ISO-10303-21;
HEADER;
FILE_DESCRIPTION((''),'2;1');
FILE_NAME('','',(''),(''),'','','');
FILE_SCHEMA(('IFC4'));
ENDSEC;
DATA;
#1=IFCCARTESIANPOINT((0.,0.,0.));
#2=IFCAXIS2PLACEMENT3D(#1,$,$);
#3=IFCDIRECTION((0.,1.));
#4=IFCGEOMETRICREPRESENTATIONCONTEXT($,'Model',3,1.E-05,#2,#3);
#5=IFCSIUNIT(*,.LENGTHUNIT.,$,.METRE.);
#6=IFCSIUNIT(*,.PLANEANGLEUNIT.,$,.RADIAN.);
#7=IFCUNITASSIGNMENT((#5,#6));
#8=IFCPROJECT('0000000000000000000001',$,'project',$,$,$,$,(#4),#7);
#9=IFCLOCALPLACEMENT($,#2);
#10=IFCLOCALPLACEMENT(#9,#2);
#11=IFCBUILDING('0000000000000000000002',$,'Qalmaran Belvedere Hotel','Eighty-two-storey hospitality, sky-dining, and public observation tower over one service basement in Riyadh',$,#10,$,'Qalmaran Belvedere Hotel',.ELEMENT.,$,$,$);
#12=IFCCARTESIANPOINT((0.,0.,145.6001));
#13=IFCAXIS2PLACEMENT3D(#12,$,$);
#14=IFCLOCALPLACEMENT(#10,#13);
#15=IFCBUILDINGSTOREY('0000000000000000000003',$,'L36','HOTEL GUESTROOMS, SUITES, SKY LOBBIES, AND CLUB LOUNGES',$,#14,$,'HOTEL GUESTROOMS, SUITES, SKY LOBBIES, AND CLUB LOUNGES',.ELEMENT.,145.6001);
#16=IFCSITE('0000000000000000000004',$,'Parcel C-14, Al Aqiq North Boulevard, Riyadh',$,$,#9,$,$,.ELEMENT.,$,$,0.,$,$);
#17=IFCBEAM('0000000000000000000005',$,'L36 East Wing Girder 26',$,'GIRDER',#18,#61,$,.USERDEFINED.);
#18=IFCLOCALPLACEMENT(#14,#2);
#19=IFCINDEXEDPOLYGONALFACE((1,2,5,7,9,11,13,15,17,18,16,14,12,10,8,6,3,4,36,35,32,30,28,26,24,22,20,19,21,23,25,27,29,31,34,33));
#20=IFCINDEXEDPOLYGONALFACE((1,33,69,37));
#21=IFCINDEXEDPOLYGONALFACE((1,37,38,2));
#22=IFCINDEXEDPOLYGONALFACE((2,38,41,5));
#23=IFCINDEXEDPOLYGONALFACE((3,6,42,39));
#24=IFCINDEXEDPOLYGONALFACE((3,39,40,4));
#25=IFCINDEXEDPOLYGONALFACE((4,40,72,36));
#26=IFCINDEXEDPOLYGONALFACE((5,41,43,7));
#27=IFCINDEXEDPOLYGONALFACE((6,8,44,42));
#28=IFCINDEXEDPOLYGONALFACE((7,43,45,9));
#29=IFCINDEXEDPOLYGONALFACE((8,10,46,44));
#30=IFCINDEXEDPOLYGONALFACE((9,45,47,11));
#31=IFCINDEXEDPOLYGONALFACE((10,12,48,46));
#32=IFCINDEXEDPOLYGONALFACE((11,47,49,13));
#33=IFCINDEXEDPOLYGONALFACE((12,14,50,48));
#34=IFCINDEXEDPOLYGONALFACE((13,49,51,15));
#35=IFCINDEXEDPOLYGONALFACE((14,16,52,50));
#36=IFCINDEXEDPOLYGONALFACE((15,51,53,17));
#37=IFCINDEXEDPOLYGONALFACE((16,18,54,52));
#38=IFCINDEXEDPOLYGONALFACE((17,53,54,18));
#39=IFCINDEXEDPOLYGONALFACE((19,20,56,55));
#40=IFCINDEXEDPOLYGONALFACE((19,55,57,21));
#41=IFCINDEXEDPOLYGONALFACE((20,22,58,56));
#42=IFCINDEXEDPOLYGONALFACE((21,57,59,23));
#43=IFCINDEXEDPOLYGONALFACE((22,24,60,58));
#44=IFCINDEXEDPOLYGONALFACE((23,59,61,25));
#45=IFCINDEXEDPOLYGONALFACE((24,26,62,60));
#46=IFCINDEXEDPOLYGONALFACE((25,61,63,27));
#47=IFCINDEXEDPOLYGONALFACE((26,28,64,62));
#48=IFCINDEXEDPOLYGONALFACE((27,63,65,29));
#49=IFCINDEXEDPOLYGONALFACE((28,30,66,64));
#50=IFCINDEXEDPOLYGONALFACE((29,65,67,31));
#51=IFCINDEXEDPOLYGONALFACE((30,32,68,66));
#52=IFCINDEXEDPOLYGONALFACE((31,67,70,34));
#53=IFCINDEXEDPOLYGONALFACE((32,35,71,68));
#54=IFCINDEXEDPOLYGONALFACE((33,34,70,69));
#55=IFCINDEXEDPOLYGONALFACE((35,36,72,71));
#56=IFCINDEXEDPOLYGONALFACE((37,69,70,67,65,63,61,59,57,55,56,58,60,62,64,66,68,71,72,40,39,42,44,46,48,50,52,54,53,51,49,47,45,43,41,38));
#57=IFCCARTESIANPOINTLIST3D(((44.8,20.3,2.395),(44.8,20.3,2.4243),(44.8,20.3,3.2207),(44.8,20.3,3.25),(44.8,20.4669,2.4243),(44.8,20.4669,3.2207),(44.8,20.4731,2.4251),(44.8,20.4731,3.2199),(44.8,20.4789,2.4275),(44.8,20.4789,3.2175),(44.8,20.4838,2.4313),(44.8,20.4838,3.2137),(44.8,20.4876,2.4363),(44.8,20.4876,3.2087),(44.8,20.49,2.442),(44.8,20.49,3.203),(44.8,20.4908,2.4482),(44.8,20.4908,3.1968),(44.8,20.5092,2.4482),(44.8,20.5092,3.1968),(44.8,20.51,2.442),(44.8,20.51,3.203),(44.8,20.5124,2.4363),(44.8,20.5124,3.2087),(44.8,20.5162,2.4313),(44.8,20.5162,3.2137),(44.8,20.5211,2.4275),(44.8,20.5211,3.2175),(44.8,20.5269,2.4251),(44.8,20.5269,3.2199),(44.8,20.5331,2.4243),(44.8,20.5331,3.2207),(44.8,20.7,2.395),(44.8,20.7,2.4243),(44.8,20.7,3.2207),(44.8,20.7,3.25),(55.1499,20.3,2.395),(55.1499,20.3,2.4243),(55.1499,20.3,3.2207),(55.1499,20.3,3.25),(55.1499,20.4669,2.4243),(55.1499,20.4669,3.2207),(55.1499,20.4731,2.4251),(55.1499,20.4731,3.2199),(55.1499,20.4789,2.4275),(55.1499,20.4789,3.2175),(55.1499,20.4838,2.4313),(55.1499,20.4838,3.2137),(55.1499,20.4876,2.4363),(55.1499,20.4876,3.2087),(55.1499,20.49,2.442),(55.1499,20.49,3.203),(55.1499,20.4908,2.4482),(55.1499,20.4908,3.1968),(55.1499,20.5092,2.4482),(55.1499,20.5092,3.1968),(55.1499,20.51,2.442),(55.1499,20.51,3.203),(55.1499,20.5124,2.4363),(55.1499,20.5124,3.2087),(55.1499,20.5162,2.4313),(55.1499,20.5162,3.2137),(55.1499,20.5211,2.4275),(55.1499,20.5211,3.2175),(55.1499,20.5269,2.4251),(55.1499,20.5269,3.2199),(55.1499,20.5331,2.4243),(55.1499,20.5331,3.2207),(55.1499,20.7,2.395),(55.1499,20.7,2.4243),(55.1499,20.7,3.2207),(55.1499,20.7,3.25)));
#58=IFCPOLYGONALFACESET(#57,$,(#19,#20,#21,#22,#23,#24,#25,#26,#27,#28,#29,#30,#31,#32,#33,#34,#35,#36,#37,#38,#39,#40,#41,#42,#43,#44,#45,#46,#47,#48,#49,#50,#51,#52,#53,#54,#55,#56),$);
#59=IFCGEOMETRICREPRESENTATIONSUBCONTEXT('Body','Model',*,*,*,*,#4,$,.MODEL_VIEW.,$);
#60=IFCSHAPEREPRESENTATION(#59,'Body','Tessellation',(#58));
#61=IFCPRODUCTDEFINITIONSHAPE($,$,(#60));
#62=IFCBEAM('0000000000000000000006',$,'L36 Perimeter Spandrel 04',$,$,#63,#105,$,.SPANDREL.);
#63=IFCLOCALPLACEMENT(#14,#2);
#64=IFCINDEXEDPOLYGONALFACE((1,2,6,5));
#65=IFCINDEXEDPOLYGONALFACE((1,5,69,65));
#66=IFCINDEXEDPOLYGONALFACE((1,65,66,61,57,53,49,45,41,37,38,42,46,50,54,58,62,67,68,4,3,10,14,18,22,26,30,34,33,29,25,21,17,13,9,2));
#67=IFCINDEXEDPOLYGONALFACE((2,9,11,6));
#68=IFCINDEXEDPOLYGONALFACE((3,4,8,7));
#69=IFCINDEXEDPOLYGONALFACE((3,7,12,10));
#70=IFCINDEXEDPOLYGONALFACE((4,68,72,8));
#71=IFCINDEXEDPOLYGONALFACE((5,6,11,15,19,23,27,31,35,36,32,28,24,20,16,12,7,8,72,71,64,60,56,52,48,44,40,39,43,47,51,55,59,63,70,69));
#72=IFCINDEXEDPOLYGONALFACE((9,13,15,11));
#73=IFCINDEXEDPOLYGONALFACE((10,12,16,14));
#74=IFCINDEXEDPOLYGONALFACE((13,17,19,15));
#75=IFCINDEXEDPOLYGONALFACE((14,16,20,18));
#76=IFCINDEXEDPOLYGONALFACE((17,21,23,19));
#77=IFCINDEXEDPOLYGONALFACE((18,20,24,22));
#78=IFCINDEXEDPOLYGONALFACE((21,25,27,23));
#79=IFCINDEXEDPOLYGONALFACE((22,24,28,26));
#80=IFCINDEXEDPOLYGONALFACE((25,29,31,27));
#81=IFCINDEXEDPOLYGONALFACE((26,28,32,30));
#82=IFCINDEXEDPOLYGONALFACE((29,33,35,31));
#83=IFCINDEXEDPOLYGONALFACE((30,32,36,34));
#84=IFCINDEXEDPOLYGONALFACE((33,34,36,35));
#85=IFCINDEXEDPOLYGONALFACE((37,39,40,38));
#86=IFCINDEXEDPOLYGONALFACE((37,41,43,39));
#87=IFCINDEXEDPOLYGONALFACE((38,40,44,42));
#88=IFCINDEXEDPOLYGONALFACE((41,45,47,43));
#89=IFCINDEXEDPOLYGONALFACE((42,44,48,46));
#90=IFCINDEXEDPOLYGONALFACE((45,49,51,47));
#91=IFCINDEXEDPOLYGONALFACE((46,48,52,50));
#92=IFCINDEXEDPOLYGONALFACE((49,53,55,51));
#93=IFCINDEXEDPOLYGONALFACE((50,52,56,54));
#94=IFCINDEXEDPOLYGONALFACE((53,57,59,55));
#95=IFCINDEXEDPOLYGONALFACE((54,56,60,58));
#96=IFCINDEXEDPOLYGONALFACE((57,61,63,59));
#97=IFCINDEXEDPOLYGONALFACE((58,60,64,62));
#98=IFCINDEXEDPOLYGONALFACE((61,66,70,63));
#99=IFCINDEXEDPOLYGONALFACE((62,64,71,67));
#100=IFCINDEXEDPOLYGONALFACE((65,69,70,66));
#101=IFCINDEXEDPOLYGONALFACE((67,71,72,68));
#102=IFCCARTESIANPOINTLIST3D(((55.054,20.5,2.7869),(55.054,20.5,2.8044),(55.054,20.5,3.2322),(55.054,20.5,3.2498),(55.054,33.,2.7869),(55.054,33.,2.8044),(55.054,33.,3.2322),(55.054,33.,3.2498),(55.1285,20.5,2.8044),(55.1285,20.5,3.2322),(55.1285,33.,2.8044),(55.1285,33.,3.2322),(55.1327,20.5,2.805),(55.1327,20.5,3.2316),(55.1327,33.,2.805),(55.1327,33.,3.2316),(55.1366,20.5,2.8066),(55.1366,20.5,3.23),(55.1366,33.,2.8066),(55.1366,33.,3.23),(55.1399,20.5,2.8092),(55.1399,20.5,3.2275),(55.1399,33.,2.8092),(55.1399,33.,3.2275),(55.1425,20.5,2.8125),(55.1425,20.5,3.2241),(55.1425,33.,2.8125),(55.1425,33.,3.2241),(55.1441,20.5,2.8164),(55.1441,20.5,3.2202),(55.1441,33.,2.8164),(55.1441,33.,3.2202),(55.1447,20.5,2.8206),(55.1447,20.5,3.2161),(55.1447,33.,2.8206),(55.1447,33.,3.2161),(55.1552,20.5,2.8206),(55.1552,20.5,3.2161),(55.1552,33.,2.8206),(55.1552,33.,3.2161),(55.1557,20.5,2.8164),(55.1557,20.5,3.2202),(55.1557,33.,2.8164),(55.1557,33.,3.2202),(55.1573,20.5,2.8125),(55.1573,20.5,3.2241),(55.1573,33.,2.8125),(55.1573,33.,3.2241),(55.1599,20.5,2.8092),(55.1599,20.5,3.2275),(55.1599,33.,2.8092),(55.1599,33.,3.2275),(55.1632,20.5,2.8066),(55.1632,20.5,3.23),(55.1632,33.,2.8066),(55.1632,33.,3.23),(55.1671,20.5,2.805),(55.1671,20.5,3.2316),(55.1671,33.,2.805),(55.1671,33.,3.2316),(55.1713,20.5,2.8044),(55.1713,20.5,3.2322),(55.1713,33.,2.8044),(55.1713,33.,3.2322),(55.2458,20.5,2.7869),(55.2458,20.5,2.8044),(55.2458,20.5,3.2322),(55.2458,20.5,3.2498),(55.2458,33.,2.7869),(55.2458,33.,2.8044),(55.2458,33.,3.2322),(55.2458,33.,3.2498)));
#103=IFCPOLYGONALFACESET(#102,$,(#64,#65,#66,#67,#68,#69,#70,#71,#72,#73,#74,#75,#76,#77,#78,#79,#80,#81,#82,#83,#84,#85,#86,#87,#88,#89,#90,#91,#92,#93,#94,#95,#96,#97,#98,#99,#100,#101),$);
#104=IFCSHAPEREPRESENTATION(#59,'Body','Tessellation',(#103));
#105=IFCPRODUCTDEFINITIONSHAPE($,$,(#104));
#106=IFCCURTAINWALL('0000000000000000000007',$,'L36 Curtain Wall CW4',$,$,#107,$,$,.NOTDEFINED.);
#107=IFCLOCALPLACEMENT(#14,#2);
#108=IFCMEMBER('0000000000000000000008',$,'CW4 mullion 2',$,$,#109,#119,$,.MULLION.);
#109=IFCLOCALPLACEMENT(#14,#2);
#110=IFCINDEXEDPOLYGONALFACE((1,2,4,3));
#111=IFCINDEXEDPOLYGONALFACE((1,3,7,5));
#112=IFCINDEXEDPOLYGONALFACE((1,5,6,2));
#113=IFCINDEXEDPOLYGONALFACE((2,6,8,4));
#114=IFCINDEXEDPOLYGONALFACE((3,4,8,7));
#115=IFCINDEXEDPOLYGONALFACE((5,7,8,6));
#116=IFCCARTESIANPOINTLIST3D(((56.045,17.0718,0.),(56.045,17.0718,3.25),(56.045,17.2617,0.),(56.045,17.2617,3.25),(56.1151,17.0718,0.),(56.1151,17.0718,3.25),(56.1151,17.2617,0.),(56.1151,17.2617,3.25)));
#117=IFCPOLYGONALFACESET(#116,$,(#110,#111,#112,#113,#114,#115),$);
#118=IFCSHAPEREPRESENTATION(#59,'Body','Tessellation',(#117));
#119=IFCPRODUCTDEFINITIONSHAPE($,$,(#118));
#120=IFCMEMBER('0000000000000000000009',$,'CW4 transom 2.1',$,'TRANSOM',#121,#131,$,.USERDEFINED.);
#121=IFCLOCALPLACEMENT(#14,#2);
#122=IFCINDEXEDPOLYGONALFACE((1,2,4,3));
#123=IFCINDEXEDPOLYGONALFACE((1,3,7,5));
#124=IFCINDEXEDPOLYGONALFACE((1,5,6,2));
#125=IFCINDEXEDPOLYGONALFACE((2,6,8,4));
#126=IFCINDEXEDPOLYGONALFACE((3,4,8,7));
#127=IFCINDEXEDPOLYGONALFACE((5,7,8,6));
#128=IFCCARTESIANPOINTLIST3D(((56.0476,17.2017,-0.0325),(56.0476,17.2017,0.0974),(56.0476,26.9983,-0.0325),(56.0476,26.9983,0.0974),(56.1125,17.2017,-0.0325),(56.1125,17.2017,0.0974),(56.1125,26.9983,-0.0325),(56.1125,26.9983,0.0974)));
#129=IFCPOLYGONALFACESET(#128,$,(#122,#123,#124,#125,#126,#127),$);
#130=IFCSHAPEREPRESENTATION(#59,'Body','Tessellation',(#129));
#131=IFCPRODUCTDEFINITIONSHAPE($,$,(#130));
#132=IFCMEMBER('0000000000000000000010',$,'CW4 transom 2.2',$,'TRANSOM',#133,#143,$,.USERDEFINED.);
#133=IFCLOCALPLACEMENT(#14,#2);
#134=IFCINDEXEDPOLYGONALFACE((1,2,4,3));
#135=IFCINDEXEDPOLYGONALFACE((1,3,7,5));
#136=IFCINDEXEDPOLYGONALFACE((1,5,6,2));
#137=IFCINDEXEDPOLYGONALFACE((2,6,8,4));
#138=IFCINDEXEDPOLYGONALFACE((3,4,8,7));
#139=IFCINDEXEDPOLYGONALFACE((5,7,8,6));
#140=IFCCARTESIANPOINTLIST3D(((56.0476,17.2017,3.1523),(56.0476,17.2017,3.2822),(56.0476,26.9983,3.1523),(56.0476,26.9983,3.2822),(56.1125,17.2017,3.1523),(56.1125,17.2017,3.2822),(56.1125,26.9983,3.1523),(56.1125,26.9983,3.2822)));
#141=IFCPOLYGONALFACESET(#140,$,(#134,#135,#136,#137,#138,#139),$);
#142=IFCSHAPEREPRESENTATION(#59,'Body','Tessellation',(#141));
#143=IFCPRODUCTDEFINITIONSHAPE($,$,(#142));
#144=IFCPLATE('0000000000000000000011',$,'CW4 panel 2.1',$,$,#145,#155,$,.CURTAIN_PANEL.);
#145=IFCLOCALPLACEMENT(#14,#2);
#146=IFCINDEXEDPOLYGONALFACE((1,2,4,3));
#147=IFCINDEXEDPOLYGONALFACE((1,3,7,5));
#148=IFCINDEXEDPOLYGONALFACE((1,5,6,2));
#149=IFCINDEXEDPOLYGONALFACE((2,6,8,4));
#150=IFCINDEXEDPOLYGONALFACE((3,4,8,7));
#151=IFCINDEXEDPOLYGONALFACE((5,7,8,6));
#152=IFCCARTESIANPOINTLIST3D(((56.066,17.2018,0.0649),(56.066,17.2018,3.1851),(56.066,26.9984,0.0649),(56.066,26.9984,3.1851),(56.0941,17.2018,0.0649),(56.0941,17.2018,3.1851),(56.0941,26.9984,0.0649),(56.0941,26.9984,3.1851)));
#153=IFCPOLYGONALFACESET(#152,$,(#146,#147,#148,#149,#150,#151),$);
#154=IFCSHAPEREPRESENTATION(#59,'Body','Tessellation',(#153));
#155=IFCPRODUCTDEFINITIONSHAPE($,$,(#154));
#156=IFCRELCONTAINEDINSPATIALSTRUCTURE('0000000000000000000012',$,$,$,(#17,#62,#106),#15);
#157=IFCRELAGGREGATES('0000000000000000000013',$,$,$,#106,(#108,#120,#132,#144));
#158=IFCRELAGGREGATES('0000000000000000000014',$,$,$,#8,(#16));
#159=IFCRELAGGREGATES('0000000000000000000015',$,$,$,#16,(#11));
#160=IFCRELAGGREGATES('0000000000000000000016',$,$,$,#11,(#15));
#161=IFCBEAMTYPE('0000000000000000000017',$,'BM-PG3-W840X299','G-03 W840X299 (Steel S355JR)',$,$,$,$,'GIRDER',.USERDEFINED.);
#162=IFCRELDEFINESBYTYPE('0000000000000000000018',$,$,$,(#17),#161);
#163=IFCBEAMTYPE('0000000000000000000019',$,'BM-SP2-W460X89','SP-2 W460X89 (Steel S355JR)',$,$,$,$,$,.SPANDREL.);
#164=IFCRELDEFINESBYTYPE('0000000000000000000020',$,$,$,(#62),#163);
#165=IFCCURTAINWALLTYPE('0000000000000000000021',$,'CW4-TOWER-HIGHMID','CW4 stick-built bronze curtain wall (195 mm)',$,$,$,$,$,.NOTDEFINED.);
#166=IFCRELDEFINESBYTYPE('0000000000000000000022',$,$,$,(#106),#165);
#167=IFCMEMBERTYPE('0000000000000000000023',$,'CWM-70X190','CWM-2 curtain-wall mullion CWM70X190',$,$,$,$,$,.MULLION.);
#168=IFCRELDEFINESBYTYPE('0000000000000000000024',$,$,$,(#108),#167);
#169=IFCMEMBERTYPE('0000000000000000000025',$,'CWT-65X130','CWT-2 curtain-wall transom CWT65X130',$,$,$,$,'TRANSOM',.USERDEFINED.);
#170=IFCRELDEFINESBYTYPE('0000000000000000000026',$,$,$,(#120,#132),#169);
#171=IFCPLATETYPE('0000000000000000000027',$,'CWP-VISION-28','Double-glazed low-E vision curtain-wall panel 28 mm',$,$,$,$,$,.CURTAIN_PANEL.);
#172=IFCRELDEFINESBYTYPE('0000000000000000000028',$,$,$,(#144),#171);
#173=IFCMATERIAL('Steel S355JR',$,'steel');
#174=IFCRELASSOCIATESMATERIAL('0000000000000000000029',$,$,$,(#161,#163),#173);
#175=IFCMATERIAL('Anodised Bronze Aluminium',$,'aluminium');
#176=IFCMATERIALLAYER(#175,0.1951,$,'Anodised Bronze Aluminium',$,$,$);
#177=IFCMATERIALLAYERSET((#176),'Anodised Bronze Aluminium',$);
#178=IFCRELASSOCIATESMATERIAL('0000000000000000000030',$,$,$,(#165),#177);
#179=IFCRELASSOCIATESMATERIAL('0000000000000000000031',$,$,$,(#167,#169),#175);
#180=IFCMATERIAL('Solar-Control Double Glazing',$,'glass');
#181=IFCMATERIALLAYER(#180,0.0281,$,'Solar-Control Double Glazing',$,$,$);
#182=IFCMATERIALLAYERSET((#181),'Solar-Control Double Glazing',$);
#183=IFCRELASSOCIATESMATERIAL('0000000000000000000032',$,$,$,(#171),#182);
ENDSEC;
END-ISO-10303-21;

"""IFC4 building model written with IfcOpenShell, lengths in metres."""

from ifc_helpers import new_model, si_unit, direction, frame, origin, origin_2d, place, context, subcontext, project, spatial, rectangle, i_section, extrude, material, layer, layer_set, material_profile, profile_set, type_object, element, aggregate, save


model = new_model("IFC4")

# Units and contexts
model_context = context("Model", 3, precision=1e-05, world=origin(), true_north=direction((0.0, 1.0)))
body_context = subcontext(model_context, "Body", "Model", "MODEL_VIEW")
ifc_project = project(units=[si_unit("LENGTHUNIT", "METRE"), si_unit("PLANEANGLEUNIT", "RADIAN")], contexts=[model_context])

# Site, building, storey
site_placement = place(None, origin())
site = spatial("IfcSite", under=ifc_project, at=site_placement, Name="Parcel C-14, Al Aqiq North Boulevard, Riyadh", CompositionType="ELEMENT", RefElevation=0.0)
building_placement = place(site_placement, origin())
building = spatial("IfcBuilding", under=site, at=building_placement, Name="Qalmaran Belvedere Hotel", Description="Eighty-two-storey hospitality, sky-dining, and public observation tower over one service basement in Riyadh", LongName="Qalmaran Belvedere Hotel", CompositionType="ELEMENT")
storey_placement = place(building_placement, frame((0.0, 0.0, 145.6001)))
storey = spatial("IfcBuildingStorey", under=building, at=storey_placement, Name="L36", Description="HOTEL GUESTROOMS, SUITES, SKY LOBBIES, AND CLUB LOUNGES", LongName="HOTEL GUESTROOMS, SUITES, SKY LOBBIES, AND CLUB LOUNGES", CompositionType="ELEMENT", Elevation=145.6001)

# Beams
ifc_material_1 = material(Name="Steel S355JR", Category="steel")
ifc_material_profile_1 = material_profile(ifc_material_1, i_section(OverallWidth=0.3999, OverallDepth=0.855, WebThickness=0.0183, FlangeThickness=0.0293, FilletRadius=0.0239, at=origin_2d()), Name="W840X299")
ifc_profile_set_1 = profile_set([ifc_material_profile_1], Name="Steel S355JR")
beam_type_1 = type_object("IfcBeamType", Name="BM-PG3-W840X299", Description="G-03 W840X299 (Steel S355JR)", ElementType="GIRDER", PredefinedType="USERDEFINED", material=ifc_profile_set_1)
beam_1_placement = place(storey_placement, frame((44.8, 20.5, 2.8225), z_axis=(1.0, 0.0, 0.0), x_axis=(0.0, 1.0, 0.0)))
element("IfcBeam", 1, at=beam_1_placement, inside=storey, type_object=beam_type_1, Name="L36 East Wing Girder 26", ObjectType="GIRDER", PredefinedType="USERDEFINED", context=body_context, shape_type="SweptSolid", body=[
    extrude(i_section(OverallWidth=0.3999, OverallDepth=0.855, WebThickness=0.0183, FlangeThickness=0.0293, FilletRadius=0.0239, at=origin_2d()), origin(), (0.0, 0.0, 1.0), 10.3499),
])
ifc_material_profile_2 = material_profile(ifc_material_1, i_section(OverallWidth=0.1919, OverallDepth=0.4629, WebThickness=0.0105, FlangeThickness=0.0176, FilletRadius=0.0161, at=origin_2d()), Name="W460X89")
ifc_profile_set_2 = profile_set([ifc_material_profile_2], Name="Steel S355JR")
beam_type_2 = type_object("IfcBeamType", Name="BM-SP2-W460X89", Description="SP-2 W460X89 (Steel S355JR)", PredefinedType="SPANDREL", material=ifc_profile_set_2)
beam_2_placement = place(storey_placement, frame((55.1499, 20.5, 3.0183), z_axis=(0.0, 1.0, 0.0), x_axis=(-1.0, 0.0, 0.0)))
element("IfcBeam", 2, at=beam_2_placement, inside=storey, type_object=beam_type_2, Name="L36 Perimeter Spandrel 04", PredefinedType="SPANDREL", context=body_context, shape_type="SweptSolid", body=[
    extrude(i_section(OverallWidth=0.1919, OverallDepth=0.4629, WebThickness=0.0105, FlangeThickness=0.0176, FilletRadius=0.0161, at=origin_2d()), origin(), (0.0, 0.0, 1.0), 12.5),
])

# Curtain wall, members, plate
ifc_material_2 = material(Name="Anodised Bronze Aluminium", Category="aluminium")
ifc_layer_1 = layer(ifc_material_2, 0.1951, Name="Anodised Bronze Aluminium")
ifc_layer_set_1 = layer_set([ifc_layer_1], Name="Anodised Bronze Aluminium")
curtain_wall_type = type_object("IfcCurtainWallType", Name="CW4-TOWER-HIGHMID", Description="CW4 stick-built bronze curtain wall (195 mm)", PredefinedType="NOTDEFINED", material=ifc_layer_set_1)
curtain_wall_placement = place(storey_placement, origin())
curtain_wall = element("IfcCurtainWall", 3, at=curtain_wall_placement, inside=storey, type_object=curtain_wall_type, Name="L36 Curtain Wall CW4", PredefinedType="NOTDEFINED")
ifc_material_profile_3 = material_profile(ifc_material_2, rectangle(XDim=0.0701, YDim=0.1899, at=origin_2d()), Name="CWM70X190")
ifc_profile_set_3 = profile_set([ifc_material_profile_3], Name="Anodised Bronze Aluminium")
member_type_1 = type_object("IfcMemberType", Name="CWM-70X190", Description="CWM-2 curtain-wall mullion CWM70X190", PredefinedType="MULLION", material=ifc_profile_set_3)
member_1_placement = place(storey_placement, frame((56.0801, 17.1667, 0.0), z_axis=(0.0, 0.0, 1.0), x_axis=(-1.0, 0.0, 0.0)))
member_1 = element("IfcMember", 4, at=member_1_placement, type_object=member_type_1, Name="CW4 mullion 2", PredefinedType="MULLION", context=body_context, shape_type="SweptSolid", body=[
    extrude(rectangle(XDim=0.0701, YDim=0.1899, at=origin_2d()), origin(), (0.0, 0.0, 1.0), 3.25),
])
ifc_material_profile_4 = material_profile(ifc_material_2, rectangle(XDim=0.0649, YDim=0.1299, at=origin_2d()), Name="CWT65X130")
ifc_profile_set_4 = profile_set([ifc_material_profile_4], Name="Anodised Bronze Aluminium")
member_type_2 = type_object("IfcMemberType", Name="CWT-65X130", Description="CWT-2 curtain-wall transom CWT65X130", ElementType="TRANSOM", PredefinedType="USERDEFINED", material=ifc_profile_set_4)
member_2_placement = place(storey_placement, frame((56.0801, 17.2017, 0.0325), z_axis=(0.0, 1.0, 0.0), x_axis=(-1.0, 0.0, 0.0)))
member_2 = element("IfcMember", 5, at=member_2_placement, type_object=member_type_2, Name="CW4 transom 2.1", ObjectType="TRANSOM", PredefinedType="USERDEFINED", context=body_context, shape_type="SweptSolid", body=[
    extrude(rectangle(XDim=0.0649, YDim=0.1299, at=origin_2d()), origin(), (0.0, 0.0, 1.0), 9.7966),
])
member_3_placement = place(storey_placement, frame((56.0801, 17.2017, 3.2173), z_axis=(0.0, 1.0, 0.0), x_axis=(-1.0, 0.0, 0.0)))
member_3 = element("IfcMember", 6, at=member_3_placement, type_object=member_type_2, Name="CW4 transom 2.2", ObjectType="TRANSOM", PredefinedType="USERDEFINED", context=body_context, shape_type="SweptSolid", body=[
    extrude(rectangle(XDim=0.0649, YDim=0.1299, at=origin_2d()), origin(), (0.0, 0.0, 1.0), 9.7966),
])
ifc_material_3 = material(Name="Solar-Control Double Glazing", Category="glass")
ifc_layer_2 = layer(ifc_material_3, 0.0281, Name="Solar-Control Double Glazing")
ifc_layer_set_2 = layer_set([ifc_layer_2], Name="Solar-Control Double Glazing")
plate_type = type_object("IfcPlateType", Name="CWP-VISION-28", Description="Double-glazed low-E vision curtain-wall panel 28 mm", PredefinedType="CURTAIN_PANEL", material=ifc_layer_set_2)
plate_placement = place(storey_placement, frame((56.0801, 22.1001, 0.0649), z_axis=(0.0, 0.0, 1.0), x_axis=(0.0, 1.0, 0.0)))
plate = element("IfcPlate", 7, at=plate_placement, type_object=plate_type, Name="CW4 panel 2.1", PredefinedType="CURTAIN_PANEL", context=body_context, shape_type="SweptSolid", body=[
    extrude(rectangle(XDim=9.7966, YDim=0.0281, at=origin_2d()), origin(), (0.0, 0.0, 1.0), 3.1201),
])
aggregate(curtain_wall, [member_1, member_2, member_3, plate])

save(model, "model.ifc")
